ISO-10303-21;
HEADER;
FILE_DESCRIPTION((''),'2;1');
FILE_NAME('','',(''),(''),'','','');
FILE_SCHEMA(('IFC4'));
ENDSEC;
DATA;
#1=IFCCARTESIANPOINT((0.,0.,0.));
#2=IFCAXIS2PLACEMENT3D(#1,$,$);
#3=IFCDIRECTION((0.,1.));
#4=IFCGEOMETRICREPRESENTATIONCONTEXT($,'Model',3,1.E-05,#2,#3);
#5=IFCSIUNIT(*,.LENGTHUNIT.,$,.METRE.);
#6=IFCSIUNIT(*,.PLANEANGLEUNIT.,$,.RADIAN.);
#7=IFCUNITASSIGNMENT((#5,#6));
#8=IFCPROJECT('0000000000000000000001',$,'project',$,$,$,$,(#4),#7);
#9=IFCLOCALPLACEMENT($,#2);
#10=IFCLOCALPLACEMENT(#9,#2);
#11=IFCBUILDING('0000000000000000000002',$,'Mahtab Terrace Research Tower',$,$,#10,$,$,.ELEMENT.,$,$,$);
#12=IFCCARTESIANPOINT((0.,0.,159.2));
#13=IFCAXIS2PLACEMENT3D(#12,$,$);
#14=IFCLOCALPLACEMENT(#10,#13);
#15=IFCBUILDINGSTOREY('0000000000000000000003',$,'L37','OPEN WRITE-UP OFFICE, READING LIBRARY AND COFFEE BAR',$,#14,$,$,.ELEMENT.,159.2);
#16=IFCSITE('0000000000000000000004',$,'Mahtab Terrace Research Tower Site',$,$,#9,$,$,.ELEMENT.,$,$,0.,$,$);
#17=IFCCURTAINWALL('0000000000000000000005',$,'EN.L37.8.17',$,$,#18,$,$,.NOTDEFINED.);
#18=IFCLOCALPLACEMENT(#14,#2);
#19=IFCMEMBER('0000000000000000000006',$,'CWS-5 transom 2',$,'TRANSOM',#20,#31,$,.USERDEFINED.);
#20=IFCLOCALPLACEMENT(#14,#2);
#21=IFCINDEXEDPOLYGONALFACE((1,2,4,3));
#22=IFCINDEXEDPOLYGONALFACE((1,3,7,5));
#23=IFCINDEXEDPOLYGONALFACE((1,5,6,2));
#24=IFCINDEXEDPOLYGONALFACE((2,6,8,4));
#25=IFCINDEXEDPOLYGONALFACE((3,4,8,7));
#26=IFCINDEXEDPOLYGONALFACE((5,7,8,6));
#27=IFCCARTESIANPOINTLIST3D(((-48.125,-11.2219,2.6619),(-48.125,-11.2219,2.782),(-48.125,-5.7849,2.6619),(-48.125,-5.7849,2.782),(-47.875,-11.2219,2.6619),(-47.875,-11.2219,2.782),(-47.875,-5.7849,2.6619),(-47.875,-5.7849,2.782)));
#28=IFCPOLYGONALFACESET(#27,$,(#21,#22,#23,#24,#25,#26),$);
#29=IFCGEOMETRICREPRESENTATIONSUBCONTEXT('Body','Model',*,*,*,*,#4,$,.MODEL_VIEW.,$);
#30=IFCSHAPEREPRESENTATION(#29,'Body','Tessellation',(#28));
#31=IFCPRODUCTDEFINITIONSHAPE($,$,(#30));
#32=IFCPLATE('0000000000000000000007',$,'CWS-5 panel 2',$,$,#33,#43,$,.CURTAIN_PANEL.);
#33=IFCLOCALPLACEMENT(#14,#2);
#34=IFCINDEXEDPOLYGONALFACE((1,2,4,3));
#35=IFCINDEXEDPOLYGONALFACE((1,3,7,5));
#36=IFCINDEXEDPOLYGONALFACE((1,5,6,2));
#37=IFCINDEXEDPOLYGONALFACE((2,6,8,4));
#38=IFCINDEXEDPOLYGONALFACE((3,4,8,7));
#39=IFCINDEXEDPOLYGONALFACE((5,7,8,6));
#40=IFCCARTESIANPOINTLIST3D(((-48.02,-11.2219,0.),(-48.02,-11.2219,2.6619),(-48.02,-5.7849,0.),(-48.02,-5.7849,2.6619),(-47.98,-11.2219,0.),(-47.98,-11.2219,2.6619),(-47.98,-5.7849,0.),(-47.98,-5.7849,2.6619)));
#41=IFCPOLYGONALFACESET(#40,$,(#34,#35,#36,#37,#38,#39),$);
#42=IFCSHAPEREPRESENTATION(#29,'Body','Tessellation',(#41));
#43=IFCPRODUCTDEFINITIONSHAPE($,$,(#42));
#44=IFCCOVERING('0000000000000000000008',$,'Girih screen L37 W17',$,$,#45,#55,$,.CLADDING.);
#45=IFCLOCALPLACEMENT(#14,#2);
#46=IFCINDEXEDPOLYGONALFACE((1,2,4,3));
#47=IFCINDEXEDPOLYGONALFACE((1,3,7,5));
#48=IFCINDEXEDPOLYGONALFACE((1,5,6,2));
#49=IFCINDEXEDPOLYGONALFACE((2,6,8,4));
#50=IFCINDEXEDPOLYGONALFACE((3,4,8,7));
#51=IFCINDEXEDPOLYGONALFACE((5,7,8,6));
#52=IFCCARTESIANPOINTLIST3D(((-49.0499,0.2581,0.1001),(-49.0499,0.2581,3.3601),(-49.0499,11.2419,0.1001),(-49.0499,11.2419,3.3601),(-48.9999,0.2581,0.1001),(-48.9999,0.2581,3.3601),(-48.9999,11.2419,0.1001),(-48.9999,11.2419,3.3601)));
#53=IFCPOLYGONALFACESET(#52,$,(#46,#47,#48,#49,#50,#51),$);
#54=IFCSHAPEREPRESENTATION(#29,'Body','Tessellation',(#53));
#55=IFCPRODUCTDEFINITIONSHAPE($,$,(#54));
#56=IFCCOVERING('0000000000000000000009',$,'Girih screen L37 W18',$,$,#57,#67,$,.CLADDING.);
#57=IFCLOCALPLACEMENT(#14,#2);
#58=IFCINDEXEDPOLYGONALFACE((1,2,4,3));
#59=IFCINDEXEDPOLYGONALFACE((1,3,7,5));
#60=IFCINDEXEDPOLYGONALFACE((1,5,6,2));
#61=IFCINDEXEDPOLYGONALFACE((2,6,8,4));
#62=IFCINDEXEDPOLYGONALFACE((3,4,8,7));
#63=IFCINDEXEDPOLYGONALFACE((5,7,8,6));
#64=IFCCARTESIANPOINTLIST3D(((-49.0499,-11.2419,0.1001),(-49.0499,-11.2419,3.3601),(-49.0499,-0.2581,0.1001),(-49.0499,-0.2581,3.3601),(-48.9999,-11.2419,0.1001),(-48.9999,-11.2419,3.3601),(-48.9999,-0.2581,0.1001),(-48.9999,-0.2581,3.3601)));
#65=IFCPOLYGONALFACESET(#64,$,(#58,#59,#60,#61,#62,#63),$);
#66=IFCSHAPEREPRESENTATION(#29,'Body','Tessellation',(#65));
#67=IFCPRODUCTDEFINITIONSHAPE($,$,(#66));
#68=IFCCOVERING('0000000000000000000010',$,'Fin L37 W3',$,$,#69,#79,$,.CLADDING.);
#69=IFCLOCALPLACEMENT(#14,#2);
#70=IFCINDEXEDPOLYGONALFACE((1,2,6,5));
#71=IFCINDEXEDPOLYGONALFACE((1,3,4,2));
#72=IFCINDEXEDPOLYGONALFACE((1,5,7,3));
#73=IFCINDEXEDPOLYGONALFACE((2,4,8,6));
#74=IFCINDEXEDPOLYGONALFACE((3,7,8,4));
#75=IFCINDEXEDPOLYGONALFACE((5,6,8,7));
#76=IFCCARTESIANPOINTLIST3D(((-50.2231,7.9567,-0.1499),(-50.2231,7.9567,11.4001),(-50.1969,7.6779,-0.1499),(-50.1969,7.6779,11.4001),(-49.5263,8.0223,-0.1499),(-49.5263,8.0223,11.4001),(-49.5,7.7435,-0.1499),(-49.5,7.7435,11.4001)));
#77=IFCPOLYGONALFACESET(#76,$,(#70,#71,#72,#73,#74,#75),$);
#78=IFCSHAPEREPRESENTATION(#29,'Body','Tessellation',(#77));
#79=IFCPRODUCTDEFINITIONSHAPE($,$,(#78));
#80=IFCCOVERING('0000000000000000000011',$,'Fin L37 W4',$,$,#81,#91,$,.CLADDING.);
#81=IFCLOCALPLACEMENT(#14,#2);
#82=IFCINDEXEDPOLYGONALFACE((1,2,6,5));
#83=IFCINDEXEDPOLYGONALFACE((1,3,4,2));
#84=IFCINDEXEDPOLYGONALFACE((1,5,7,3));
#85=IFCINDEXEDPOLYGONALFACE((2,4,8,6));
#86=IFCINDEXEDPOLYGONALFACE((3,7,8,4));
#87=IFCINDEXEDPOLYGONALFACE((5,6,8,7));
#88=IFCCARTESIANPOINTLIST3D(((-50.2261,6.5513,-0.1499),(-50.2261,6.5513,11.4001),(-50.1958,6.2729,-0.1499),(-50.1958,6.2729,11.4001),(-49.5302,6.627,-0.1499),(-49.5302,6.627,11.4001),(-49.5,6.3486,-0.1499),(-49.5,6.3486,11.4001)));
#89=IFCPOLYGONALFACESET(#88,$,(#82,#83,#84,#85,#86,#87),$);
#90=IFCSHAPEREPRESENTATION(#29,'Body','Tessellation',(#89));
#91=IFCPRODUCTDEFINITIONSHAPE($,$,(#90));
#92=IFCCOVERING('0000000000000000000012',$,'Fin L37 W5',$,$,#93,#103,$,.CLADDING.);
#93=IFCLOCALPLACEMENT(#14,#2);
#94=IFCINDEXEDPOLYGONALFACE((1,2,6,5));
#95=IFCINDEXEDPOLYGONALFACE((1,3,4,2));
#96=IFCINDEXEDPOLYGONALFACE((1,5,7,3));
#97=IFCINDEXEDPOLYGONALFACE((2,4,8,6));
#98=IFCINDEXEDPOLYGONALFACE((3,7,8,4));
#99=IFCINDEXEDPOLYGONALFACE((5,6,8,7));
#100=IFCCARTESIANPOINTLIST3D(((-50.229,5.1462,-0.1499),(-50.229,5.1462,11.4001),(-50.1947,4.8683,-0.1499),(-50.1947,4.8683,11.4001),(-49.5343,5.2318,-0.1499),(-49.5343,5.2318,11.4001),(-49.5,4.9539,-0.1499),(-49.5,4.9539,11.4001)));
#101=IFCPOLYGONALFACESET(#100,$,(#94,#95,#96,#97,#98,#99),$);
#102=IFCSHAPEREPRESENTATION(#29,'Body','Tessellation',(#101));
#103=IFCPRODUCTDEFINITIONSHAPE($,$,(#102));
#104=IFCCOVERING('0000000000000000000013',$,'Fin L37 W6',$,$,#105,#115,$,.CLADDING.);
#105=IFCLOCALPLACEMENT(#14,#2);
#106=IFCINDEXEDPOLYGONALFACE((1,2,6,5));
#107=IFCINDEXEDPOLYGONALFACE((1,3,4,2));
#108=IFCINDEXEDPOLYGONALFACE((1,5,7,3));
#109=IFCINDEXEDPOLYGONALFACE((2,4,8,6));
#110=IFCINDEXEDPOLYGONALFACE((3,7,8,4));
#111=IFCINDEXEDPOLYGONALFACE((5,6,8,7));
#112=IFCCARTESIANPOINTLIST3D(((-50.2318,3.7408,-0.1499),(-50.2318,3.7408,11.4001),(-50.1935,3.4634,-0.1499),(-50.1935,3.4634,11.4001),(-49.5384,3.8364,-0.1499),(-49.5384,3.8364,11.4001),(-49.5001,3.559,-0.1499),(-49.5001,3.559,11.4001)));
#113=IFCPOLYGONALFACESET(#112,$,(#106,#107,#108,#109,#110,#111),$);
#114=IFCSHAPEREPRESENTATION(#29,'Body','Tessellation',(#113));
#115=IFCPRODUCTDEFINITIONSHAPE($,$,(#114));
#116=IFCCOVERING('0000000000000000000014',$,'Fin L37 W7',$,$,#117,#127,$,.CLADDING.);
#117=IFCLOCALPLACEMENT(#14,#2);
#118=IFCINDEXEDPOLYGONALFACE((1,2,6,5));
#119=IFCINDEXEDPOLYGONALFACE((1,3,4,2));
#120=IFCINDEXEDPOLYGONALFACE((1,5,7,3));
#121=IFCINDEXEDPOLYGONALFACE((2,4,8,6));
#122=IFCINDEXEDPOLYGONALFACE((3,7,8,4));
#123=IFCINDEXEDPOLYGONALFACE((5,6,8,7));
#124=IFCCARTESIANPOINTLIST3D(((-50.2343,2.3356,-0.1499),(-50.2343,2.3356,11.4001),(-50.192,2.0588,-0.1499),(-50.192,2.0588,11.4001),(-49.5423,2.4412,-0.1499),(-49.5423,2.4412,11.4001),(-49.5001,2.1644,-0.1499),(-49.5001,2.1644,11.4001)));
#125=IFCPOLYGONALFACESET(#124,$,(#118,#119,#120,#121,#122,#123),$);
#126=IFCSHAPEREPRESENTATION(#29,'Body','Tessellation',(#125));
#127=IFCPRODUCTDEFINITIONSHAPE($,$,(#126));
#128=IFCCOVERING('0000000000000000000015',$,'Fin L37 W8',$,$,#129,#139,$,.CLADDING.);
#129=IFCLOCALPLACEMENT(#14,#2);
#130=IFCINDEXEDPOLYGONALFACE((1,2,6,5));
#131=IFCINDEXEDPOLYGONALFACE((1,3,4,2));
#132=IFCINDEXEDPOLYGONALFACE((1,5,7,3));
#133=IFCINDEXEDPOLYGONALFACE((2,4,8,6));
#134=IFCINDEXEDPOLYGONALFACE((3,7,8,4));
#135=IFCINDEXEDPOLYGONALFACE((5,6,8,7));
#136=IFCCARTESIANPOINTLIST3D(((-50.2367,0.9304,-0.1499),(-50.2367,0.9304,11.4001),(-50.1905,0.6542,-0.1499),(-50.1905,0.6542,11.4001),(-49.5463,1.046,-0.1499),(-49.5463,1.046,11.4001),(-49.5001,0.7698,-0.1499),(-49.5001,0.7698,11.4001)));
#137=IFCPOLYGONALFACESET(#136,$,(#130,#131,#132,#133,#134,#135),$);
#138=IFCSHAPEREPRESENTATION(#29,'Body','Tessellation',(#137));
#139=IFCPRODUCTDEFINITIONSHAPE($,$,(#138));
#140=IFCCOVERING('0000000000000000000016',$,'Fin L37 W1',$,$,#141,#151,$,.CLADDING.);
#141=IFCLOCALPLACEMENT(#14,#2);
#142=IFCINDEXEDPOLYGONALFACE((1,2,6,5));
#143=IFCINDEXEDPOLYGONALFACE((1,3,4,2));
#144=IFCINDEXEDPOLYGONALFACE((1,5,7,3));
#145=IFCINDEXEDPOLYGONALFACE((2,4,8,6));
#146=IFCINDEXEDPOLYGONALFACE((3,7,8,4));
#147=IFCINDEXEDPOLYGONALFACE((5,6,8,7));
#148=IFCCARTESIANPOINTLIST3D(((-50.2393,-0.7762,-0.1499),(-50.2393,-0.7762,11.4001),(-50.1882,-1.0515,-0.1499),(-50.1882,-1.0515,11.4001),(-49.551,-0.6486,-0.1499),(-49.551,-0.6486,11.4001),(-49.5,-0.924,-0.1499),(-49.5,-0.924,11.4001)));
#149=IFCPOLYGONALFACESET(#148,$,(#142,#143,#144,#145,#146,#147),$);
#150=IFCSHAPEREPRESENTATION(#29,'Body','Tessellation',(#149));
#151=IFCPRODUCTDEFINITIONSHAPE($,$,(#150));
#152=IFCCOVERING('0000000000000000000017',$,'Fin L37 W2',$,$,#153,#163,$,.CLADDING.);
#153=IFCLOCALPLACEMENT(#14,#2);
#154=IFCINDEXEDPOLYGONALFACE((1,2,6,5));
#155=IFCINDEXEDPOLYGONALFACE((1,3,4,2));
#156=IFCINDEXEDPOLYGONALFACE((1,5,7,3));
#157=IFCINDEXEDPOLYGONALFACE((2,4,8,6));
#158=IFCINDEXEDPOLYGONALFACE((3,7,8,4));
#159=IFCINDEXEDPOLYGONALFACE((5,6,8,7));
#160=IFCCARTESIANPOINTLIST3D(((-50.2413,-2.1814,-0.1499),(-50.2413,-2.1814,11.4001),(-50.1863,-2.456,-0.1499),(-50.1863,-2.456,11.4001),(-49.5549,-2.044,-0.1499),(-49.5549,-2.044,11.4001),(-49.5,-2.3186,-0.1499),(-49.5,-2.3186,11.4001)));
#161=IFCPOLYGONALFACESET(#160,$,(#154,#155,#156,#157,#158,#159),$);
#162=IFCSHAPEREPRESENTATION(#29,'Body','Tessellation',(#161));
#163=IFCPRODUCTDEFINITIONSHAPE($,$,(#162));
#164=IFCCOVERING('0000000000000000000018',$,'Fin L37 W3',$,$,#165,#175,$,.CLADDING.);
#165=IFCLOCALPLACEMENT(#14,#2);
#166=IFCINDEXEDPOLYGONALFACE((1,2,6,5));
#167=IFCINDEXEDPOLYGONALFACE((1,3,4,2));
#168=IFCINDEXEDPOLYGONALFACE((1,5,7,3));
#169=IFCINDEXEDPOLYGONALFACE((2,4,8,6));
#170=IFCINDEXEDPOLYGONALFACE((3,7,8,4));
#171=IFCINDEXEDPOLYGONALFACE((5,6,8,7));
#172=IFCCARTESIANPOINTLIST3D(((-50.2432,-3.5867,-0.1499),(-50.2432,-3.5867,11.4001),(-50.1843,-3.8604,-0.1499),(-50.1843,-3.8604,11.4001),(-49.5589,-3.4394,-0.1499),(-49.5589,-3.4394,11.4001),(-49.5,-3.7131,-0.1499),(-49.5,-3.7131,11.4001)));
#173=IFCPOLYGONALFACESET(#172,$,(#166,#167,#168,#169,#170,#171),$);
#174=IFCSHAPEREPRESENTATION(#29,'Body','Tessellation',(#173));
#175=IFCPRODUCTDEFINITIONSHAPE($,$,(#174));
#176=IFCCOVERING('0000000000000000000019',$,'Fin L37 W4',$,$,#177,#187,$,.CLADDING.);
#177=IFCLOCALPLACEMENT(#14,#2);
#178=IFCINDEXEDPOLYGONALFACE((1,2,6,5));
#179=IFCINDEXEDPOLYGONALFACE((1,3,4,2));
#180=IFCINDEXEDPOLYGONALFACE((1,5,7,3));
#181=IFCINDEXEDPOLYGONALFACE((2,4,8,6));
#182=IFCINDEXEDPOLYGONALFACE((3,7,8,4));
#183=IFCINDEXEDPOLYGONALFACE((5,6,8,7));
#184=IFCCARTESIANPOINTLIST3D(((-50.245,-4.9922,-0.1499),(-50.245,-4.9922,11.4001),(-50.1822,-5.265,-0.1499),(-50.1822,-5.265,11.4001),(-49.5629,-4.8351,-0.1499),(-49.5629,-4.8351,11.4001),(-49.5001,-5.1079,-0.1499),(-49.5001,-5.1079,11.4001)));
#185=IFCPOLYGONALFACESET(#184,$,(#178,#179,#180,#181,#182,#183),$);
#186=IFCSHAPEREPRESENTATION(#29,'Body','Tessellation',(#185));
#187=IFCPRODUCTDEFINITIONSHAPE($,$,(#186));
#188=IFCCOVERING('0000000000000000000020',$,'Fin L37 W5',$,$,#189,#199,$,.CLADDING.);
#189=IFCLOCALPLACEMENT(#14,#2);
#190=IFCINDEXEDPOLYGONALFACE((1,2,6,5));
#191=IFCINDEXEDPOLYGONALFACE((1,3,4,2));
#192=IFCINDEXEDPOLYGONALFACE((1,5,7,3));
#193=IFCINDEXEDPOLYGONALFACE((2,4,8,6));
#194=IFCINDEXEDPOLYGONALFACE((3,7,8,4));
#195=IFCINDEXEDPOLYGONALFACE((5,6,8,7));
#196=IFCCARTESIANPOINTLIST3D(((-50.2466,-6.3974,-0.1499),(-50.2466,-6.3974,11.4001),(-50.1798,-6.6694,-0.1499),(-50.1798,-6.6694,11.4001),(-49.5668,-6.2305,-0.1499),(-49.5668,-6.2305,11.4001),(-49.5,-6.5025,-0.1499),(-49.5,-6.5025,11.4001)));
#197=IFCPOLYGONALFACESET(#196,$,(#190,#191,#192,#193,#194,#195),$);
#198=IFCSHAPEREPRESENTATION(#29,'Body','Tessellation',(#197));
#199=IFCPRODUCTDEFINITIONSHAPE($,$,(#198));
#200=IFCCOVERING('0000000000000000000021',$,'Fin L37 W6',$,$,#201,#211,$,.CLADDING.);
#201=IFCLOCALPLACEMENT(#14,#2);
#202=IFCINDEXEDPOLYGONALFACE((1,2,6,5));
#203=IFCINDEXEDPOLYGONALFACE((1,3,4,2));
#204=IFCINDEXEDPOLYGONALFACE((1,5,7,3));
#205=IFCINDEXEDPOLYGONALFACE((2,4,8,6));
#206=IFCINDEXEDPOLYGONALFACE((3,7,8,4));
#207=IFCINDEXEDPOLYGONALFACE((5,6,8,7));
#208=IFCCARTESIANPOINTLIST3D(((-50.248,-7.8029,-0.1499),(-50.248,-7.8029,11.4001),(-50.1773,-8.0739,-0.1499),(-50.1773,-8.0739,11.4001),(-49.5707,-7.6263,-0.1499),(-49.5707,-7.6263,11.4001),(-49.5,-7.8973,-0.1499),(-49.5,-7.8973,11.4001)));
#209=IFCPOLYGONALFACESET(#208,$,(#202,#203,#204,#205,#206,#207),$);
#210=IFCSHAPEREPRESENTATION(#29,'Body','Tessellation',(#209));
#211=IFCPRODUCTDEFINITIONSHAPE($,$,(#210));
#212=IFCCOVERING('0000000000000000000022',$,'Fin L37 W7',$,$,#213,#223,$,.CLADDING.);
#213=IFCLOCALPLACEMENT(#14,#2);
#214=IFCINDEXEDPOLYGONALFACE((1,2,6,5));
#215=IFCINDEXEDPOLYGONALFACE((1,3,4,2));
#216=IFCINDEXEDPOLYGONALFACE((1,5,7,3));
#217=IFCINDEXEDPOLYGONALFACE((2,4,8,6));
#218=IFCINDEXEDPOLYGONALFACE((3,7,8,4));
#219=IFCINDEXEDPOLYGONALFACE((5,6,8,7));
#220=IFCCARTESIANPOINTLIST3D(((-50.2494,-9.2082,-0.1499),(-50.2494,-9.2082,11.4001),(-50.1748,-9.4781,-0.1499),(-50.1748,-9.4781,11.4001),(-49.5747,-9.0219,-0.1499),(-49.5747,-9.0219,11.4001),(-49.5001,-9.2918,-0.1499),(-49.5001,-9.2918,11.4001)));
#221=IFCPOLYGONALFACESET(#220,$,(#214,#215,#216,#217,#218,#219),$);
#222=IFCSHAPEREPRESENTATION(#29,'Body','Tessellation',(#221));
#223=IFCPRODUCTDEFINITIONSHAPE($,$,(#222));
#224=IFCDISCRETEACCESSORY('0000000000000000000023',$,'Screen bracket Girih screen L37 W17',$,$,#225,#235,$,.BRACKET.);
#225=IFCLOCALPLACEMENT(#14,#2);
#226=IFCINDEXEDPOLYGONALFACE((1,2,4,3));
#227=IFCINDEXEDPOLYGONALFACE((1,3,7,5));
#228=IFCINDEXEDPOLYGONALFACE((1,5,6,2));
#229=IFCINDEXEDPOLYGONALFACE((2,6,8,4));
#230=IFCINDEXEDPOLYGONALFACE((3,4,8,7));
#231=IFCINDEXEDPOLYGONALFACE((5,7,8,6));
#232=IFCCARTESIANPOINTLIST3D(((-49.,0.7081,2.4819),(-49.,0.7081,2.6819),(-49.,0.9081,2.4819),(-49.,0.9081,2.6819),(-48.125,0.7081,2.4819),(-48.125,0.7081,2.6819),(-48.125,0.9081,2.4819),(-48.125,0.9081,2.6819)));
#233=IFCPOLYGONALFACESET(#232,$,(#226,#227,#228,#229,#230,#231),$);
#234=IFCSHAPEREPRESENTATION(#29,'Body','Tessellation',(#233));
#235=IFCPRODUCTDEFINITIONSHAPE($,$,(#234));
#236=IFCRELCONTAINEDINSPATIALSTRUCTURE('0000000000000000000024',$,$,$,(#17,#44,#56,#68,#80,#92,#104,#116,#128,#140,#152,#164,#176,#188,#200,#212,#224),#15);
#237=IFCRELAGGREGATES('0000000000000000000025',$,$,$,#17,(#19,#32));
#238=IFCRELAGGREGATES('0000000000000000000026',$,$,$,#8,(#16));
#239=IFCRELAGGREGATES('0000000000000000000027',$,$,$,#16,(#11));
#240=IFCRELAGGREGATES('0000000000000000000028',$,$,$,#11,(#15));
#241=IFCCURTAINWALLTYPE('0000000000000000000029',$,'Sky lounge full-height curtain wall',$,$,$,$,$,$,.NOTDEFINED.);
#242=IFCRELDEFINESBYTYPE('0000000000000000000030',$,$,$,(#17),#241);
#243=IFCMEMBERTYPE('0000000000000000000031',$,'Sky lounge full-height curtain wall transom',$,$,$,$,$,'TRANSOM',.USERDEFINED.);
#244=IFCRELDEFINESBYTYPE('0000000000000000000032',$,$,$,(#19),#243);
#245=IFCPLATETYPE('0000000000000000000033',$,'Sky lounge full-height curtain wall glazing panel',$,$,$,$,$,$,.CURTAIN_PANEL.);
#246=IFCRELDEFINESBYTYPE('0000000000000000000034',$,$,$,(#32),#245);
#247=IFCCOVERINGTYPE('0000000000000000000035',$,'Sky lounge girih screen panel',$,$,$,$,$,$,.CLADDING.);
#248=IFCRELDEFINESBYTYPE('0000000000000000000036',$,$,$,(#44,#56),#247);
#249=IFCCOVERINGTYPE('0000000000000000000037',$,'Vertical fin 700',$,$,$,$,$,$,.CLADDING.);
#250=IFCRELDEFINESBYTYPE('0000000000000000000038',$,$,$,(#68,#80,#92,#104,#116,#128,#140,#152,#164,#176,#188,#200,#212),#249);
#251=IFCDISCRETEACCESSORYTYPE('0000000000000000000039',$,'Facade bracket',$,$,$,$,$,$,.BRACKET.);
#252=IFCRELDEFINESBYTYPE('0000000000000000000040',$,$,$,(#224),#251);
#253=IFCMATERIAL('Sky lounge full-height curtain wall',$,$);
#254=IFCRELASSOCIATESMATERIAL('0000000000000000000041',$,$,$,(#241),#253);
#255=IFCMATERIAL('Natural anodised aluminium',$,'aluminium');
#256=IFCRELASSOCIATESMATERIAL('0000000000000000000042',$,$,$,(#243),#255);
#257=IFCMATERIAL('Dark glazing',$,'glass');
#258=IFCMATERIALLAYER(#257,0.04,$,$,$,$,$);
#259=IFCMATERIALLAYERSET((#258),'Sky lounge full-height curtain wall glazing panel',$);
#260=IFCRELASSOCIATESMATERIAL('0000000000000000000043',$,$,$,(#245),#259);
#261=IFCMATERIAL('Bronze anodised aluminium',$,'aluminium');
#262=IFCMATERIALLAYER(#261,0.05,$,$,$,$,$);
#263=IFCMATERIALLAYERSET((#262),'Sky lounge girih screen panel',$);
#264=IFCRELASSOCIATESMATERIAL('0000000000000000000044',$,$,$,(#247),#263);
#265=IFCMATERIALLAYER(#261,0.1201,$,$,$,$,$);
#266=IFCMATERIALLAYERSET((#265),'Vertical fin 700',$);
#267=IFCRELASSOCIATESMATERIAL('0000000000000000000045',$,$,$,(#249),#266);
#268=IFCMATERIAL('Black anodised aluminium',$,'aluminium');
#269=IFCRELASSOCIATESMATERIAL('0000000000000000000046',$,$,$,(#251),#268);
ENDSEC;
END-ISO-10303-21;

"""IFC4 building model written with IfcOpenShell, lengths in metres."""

from ifc_helpers import new_model, si_unit, direction, frame, origin, origin_2d, place, context, subcontext, project, spatial, rectangle, extrude, material, layer, layer_set, material_profile, profile_set, type_object, element, aggregate, save


model = new_model("IFC4")

# Units and contexts
model_context = context("Model", 3, precision=1e-05, world=origin(), true_north=direction((0.0, 1.0)))
body_context = subcontext(model_context, "Body", "Model", "MODEL_VIEW")
ifc_project = project(units=[si_unit("LENGTHUNIT", "METRE"), si_unit("PLANEANGLEUNIT", "RADIAN")], contexts=[model_context])

# Site, building, storey
site_placement = place(None, origin())
site = spatial("IfcSite", under=ifc_project, at=site_placement, Name="Mahtab Terrace Research Tower Site", CompositionType="ELEMENT", RefElevation=0.0)
building_placement = place(site_placement, origin())
building = spatial("IfcBuilding", under=site, at=building_placement, Name="Mahtab Terrace Research Tower", CompositionType="ELEMENT")
storey_placement = place(building_placement, frame((0.0, 0.0, 159.2)))
storey = spatial("IfcBuildingStorey", under=building, at=storey_placement, Name="L37", Description="OPEN WRITE-UP OFFICE, READING LIBRARY AND COFFEE BAR", CompositionType="ELEMENT", Elevation=159.2)

# Curtain wall, member, plate
ifc_material_1 = material(Name="Sky lounge full-height curtain wall")
curtain_wall_type = type_object("IfcCurtainWallType", Name="Sky lounge full-height curtain wall", PredefinedType="NOTDEFINED", material=ifc_material_1)
curtain_wall_placement = place(storey_placement, origin())
curtain_wall = element("IfcCurtainWall", 1, at=curtain_wall_placement, inside=storey, type_object=curtain_wall_type, Name="EN.L37.8.17", PredefinedType="NOTDEFINED")
ifc_material_2 = material(Name="Natural anodised aluminium", Category="aluminium")
ifc_material_profile = material_profile(ifc_material_2, rectangle(XDim=0.25, YDim=0.1201, at=origin_2d()), Name="TRANSOM 120x250")
ifc_profile_set = profile_set([ifc_material_profile], Name="Natural anodised aluminium")
member_type = type_object("IfcMemberType", Name="Sky lounge full-height curtain wall transom", ElementType="TRANSOM", PredefinedType="USERDEFINED", material=ifc_profile_set)
member_placement = place(storey_placement, frame((-48.0, -5.7849, 2.7219), z_axis=(0.0, -1.0, 0.0), x_axis=(1.0, 0.0, 0.0)))
member = element("IfcMember", 2, at=member_placement, type_object=member_type, Name="CWS-5 transom 2", ObjectType="TRANSOM", PredefinedType="USERDEFINED", context=body_context, shape_type="SweptSolid", body=[
    extrude(rectangle(XDim=0.25, YDim=0.1201, at=origin_2d()), origin(), (0.0, 0.0, 1.0), 5.437),
])
ifc_material_3 = material(Name="Dark glazing", Category="glass")
ifc_layer_1 = layer(ifc_material_3, 0.04)
ifc_layer_set_1 = layer_set([ifc_layer_1], Name="Sky lounge full-height curtain wall glazing panel")
plate_type = type_object("IfcPlateType", Name="Sky lounge full-height curtain wall glazing panel", PredefinedType="CURTAIN_PANEL", material=ifc_layer_set_1)
plate_placement = place(storey_placement, frame((-48.0, -8.5034, 0.0), z_axis=(0.0, 0.0, 1.0), x_axis=(0.0, -1.0, 0.0)))
plate = element("IfcPlate", 3, at=plate_placement, type_object=plate_type, Name="CWS-5 panel 2", PredefinedType="CURTAIN_PANEL", context=body_context, shape_type="SweptSolid", body=[
    extrude(rectangle(XDim=5.437, YDim=0.04, at=origin_2d()), origin(), (0.0, 0.0, 1.0), 2.6619),
])
aggregate(curtain_wall, [member, plate])

# Coverings
ifc_material_4 = material(Name="Bronze anodised aluminium", Category="aluminium")
ifc_layer_2 = layer(ifc_material_4, 0.05)
ifc_layer_set_2 = layer_set([ifc_layer_2], Name="Sky lounge girih screen panel")
covering_type_1 = type_object("IfcCoveringType", Name="Sky lounge girih screen panel", PredefinedType="CLADDING", material=ifc_layer_set_2)
for number, where, z_axis, x_axis, name in (
    (4, (-49.0249, 5.75, 0.1001), (0.0, 0.0, 1.0), (0.0, -1.0, 0.0), "Girih screen L37 W17"),
    (5, (-49.0249, -5.75, 0.1001), (0.0, 0.0, 1.0), (0.0, -1.0, 0.0), "Girih screen L37 W18"),
):
    element("IfcCovering", number, at=place(storey_placement, frame(where, z_axis=z_axis, x_axis=x_axis)), inside=storey, type_object=covering_type_1, Name=name, PredefinedType="CLADDING", context=body_context, shape_type="SweptSolid", body=[
        extrude(rectangle(XDim=10.9839, YDim=0.05, at=origin_2d()), origin(), (0.0, 0.0, 1.0), 3.26),
    ])
ifc_layer_3 = layer(ifc_material_4, 0.1201)
ifc_layer_set_3 = layer_set([ifc_layer_3], Name="Vertical fin 700")
covering_type_2 = type_object("IfcCoveringType", Name="Vertical fin 700", PredefinedType="CLADDING", material=ifc_layer_set_3)
for number, where, z_axis, x_axis, name in (
    (6, (-49.8616, 7.8501, -0.1499), (0.0, 0.0, 1.0), (0.093802, -0.995591, 0.0), "Fin L37 W3"),
    (7, (-49.863, 6.45, -0.1499), (0.0, 0.0, 1.0), (0.108101, -0.99414, 0.0), "Fin L37 W4"),
    (8, (-49.8645, 5.05, -0.1499), (0.0, 0.0, 1.0), (0.122379, -0.992483, 0.0), "Fin L37 W5"),
    (9, (-49.866, 3.6499, -0.1499), (0.0, 0.0, 1.0), (0.136631, -0.990622, 0.0), "Fin L37 W6"),
    (10, (-49.8672, 2.25, -0.1499), (0.0, 0.0, 1.0), (0.150855, -0.988556, 0.0), "Fin L37 W7"),
    (11, (-49.8684, 0.8501, -0.1499), (0.0, 0.0, 1.0), (0.165048, -0.986286, 0.0), "Fin L37 W8"),
    (12, (-49.8696, -0.8501, -0.1499), (0.0, 0.0, 1.0), (0.182236, -0.983255, 0.0), "Fin L37 W1"),
    (13, (-49.8706, -2.25, -0.1499), (0.0, 0.0, 1.0), (0.196349, -0.980534, 0.0), "Fin L37 W2"),
    (14, (-49.8716, -3.6499, -0.1499), (0.0, 0.0, 1.0), (0.210422, -0.977611, 0.0), "Fin L37 W3"),
    (15, (-49.8726, -5.05, -0.1499), (0.0, 0.0, 1.0), (0.224451, -0.974485, 0.0), "Fin L37 W4"),
    (16, (-49.8733, -6.45, -0.1499), (0.0, 0.0, 1.0), (0.238434, -0.971159, 0.0), "Fin L37 W5"),
    (17, (-49.874, -7.8501, -0.1499), (0.0, 0.0, 1.0), (0.252367, -0.967631, 0.0), "Fin L37 W6"),
    (18, (-49.8748, -9.25, -0.1499), (0.0, 0.0, 1.0), (0.266249, -0.963904, 0.0), "Fin L37 W7"),
):
    element("IfcCovering", number, at=place(storey_placement, frame(where, z_axis=z_axis, x_axis=x_axis)), inside=storey, type_object=covering_type_2, Name=name, PredefinedType="CLADDING", context=body_context, shape_type="SweptSolid", body=[
        extrude(rectangle(XDim=0.28, YDim=0.7, at=origin_2d()), origin(), (0.0, 0.0, 1.0), 11.55),
    ])

# Discrete accessory
ifc_material_5 = material(Name="Black anodised aluminium", Category="aluminium")
discrete_accessory_type = type_object("IfcDiscreteAccessoryType", Name="Facade bracket", PredefinedType="BRACKET", material=ifc_material_5)
for number, where, z_axis, x_axis, name in (
    (19, (-48.5625, 0.8081, 2.4819), (0.0, 0.0, 1.0), (0.0, -1.0, 0.0), "Screen bracket Girih screen L37 W17"),
):
    element("IfcDiscreteAccessory", number, at=place(storey_placement, frame(where, z_axis=z_axis, x_axis=x_axis)), inside=storey, type_object=discrete_accessory_type, Name=name, PredefinedType="BRACKET", context=body_context, shape_type="SweptSolid", body=[
        extrude(rectangle(XDim=0.2, YDim=0.875, at=origin_2d()), origin(), (0.0, 0.0, 1.0), 0.2),
    ])

save(model, "model.ifc")
